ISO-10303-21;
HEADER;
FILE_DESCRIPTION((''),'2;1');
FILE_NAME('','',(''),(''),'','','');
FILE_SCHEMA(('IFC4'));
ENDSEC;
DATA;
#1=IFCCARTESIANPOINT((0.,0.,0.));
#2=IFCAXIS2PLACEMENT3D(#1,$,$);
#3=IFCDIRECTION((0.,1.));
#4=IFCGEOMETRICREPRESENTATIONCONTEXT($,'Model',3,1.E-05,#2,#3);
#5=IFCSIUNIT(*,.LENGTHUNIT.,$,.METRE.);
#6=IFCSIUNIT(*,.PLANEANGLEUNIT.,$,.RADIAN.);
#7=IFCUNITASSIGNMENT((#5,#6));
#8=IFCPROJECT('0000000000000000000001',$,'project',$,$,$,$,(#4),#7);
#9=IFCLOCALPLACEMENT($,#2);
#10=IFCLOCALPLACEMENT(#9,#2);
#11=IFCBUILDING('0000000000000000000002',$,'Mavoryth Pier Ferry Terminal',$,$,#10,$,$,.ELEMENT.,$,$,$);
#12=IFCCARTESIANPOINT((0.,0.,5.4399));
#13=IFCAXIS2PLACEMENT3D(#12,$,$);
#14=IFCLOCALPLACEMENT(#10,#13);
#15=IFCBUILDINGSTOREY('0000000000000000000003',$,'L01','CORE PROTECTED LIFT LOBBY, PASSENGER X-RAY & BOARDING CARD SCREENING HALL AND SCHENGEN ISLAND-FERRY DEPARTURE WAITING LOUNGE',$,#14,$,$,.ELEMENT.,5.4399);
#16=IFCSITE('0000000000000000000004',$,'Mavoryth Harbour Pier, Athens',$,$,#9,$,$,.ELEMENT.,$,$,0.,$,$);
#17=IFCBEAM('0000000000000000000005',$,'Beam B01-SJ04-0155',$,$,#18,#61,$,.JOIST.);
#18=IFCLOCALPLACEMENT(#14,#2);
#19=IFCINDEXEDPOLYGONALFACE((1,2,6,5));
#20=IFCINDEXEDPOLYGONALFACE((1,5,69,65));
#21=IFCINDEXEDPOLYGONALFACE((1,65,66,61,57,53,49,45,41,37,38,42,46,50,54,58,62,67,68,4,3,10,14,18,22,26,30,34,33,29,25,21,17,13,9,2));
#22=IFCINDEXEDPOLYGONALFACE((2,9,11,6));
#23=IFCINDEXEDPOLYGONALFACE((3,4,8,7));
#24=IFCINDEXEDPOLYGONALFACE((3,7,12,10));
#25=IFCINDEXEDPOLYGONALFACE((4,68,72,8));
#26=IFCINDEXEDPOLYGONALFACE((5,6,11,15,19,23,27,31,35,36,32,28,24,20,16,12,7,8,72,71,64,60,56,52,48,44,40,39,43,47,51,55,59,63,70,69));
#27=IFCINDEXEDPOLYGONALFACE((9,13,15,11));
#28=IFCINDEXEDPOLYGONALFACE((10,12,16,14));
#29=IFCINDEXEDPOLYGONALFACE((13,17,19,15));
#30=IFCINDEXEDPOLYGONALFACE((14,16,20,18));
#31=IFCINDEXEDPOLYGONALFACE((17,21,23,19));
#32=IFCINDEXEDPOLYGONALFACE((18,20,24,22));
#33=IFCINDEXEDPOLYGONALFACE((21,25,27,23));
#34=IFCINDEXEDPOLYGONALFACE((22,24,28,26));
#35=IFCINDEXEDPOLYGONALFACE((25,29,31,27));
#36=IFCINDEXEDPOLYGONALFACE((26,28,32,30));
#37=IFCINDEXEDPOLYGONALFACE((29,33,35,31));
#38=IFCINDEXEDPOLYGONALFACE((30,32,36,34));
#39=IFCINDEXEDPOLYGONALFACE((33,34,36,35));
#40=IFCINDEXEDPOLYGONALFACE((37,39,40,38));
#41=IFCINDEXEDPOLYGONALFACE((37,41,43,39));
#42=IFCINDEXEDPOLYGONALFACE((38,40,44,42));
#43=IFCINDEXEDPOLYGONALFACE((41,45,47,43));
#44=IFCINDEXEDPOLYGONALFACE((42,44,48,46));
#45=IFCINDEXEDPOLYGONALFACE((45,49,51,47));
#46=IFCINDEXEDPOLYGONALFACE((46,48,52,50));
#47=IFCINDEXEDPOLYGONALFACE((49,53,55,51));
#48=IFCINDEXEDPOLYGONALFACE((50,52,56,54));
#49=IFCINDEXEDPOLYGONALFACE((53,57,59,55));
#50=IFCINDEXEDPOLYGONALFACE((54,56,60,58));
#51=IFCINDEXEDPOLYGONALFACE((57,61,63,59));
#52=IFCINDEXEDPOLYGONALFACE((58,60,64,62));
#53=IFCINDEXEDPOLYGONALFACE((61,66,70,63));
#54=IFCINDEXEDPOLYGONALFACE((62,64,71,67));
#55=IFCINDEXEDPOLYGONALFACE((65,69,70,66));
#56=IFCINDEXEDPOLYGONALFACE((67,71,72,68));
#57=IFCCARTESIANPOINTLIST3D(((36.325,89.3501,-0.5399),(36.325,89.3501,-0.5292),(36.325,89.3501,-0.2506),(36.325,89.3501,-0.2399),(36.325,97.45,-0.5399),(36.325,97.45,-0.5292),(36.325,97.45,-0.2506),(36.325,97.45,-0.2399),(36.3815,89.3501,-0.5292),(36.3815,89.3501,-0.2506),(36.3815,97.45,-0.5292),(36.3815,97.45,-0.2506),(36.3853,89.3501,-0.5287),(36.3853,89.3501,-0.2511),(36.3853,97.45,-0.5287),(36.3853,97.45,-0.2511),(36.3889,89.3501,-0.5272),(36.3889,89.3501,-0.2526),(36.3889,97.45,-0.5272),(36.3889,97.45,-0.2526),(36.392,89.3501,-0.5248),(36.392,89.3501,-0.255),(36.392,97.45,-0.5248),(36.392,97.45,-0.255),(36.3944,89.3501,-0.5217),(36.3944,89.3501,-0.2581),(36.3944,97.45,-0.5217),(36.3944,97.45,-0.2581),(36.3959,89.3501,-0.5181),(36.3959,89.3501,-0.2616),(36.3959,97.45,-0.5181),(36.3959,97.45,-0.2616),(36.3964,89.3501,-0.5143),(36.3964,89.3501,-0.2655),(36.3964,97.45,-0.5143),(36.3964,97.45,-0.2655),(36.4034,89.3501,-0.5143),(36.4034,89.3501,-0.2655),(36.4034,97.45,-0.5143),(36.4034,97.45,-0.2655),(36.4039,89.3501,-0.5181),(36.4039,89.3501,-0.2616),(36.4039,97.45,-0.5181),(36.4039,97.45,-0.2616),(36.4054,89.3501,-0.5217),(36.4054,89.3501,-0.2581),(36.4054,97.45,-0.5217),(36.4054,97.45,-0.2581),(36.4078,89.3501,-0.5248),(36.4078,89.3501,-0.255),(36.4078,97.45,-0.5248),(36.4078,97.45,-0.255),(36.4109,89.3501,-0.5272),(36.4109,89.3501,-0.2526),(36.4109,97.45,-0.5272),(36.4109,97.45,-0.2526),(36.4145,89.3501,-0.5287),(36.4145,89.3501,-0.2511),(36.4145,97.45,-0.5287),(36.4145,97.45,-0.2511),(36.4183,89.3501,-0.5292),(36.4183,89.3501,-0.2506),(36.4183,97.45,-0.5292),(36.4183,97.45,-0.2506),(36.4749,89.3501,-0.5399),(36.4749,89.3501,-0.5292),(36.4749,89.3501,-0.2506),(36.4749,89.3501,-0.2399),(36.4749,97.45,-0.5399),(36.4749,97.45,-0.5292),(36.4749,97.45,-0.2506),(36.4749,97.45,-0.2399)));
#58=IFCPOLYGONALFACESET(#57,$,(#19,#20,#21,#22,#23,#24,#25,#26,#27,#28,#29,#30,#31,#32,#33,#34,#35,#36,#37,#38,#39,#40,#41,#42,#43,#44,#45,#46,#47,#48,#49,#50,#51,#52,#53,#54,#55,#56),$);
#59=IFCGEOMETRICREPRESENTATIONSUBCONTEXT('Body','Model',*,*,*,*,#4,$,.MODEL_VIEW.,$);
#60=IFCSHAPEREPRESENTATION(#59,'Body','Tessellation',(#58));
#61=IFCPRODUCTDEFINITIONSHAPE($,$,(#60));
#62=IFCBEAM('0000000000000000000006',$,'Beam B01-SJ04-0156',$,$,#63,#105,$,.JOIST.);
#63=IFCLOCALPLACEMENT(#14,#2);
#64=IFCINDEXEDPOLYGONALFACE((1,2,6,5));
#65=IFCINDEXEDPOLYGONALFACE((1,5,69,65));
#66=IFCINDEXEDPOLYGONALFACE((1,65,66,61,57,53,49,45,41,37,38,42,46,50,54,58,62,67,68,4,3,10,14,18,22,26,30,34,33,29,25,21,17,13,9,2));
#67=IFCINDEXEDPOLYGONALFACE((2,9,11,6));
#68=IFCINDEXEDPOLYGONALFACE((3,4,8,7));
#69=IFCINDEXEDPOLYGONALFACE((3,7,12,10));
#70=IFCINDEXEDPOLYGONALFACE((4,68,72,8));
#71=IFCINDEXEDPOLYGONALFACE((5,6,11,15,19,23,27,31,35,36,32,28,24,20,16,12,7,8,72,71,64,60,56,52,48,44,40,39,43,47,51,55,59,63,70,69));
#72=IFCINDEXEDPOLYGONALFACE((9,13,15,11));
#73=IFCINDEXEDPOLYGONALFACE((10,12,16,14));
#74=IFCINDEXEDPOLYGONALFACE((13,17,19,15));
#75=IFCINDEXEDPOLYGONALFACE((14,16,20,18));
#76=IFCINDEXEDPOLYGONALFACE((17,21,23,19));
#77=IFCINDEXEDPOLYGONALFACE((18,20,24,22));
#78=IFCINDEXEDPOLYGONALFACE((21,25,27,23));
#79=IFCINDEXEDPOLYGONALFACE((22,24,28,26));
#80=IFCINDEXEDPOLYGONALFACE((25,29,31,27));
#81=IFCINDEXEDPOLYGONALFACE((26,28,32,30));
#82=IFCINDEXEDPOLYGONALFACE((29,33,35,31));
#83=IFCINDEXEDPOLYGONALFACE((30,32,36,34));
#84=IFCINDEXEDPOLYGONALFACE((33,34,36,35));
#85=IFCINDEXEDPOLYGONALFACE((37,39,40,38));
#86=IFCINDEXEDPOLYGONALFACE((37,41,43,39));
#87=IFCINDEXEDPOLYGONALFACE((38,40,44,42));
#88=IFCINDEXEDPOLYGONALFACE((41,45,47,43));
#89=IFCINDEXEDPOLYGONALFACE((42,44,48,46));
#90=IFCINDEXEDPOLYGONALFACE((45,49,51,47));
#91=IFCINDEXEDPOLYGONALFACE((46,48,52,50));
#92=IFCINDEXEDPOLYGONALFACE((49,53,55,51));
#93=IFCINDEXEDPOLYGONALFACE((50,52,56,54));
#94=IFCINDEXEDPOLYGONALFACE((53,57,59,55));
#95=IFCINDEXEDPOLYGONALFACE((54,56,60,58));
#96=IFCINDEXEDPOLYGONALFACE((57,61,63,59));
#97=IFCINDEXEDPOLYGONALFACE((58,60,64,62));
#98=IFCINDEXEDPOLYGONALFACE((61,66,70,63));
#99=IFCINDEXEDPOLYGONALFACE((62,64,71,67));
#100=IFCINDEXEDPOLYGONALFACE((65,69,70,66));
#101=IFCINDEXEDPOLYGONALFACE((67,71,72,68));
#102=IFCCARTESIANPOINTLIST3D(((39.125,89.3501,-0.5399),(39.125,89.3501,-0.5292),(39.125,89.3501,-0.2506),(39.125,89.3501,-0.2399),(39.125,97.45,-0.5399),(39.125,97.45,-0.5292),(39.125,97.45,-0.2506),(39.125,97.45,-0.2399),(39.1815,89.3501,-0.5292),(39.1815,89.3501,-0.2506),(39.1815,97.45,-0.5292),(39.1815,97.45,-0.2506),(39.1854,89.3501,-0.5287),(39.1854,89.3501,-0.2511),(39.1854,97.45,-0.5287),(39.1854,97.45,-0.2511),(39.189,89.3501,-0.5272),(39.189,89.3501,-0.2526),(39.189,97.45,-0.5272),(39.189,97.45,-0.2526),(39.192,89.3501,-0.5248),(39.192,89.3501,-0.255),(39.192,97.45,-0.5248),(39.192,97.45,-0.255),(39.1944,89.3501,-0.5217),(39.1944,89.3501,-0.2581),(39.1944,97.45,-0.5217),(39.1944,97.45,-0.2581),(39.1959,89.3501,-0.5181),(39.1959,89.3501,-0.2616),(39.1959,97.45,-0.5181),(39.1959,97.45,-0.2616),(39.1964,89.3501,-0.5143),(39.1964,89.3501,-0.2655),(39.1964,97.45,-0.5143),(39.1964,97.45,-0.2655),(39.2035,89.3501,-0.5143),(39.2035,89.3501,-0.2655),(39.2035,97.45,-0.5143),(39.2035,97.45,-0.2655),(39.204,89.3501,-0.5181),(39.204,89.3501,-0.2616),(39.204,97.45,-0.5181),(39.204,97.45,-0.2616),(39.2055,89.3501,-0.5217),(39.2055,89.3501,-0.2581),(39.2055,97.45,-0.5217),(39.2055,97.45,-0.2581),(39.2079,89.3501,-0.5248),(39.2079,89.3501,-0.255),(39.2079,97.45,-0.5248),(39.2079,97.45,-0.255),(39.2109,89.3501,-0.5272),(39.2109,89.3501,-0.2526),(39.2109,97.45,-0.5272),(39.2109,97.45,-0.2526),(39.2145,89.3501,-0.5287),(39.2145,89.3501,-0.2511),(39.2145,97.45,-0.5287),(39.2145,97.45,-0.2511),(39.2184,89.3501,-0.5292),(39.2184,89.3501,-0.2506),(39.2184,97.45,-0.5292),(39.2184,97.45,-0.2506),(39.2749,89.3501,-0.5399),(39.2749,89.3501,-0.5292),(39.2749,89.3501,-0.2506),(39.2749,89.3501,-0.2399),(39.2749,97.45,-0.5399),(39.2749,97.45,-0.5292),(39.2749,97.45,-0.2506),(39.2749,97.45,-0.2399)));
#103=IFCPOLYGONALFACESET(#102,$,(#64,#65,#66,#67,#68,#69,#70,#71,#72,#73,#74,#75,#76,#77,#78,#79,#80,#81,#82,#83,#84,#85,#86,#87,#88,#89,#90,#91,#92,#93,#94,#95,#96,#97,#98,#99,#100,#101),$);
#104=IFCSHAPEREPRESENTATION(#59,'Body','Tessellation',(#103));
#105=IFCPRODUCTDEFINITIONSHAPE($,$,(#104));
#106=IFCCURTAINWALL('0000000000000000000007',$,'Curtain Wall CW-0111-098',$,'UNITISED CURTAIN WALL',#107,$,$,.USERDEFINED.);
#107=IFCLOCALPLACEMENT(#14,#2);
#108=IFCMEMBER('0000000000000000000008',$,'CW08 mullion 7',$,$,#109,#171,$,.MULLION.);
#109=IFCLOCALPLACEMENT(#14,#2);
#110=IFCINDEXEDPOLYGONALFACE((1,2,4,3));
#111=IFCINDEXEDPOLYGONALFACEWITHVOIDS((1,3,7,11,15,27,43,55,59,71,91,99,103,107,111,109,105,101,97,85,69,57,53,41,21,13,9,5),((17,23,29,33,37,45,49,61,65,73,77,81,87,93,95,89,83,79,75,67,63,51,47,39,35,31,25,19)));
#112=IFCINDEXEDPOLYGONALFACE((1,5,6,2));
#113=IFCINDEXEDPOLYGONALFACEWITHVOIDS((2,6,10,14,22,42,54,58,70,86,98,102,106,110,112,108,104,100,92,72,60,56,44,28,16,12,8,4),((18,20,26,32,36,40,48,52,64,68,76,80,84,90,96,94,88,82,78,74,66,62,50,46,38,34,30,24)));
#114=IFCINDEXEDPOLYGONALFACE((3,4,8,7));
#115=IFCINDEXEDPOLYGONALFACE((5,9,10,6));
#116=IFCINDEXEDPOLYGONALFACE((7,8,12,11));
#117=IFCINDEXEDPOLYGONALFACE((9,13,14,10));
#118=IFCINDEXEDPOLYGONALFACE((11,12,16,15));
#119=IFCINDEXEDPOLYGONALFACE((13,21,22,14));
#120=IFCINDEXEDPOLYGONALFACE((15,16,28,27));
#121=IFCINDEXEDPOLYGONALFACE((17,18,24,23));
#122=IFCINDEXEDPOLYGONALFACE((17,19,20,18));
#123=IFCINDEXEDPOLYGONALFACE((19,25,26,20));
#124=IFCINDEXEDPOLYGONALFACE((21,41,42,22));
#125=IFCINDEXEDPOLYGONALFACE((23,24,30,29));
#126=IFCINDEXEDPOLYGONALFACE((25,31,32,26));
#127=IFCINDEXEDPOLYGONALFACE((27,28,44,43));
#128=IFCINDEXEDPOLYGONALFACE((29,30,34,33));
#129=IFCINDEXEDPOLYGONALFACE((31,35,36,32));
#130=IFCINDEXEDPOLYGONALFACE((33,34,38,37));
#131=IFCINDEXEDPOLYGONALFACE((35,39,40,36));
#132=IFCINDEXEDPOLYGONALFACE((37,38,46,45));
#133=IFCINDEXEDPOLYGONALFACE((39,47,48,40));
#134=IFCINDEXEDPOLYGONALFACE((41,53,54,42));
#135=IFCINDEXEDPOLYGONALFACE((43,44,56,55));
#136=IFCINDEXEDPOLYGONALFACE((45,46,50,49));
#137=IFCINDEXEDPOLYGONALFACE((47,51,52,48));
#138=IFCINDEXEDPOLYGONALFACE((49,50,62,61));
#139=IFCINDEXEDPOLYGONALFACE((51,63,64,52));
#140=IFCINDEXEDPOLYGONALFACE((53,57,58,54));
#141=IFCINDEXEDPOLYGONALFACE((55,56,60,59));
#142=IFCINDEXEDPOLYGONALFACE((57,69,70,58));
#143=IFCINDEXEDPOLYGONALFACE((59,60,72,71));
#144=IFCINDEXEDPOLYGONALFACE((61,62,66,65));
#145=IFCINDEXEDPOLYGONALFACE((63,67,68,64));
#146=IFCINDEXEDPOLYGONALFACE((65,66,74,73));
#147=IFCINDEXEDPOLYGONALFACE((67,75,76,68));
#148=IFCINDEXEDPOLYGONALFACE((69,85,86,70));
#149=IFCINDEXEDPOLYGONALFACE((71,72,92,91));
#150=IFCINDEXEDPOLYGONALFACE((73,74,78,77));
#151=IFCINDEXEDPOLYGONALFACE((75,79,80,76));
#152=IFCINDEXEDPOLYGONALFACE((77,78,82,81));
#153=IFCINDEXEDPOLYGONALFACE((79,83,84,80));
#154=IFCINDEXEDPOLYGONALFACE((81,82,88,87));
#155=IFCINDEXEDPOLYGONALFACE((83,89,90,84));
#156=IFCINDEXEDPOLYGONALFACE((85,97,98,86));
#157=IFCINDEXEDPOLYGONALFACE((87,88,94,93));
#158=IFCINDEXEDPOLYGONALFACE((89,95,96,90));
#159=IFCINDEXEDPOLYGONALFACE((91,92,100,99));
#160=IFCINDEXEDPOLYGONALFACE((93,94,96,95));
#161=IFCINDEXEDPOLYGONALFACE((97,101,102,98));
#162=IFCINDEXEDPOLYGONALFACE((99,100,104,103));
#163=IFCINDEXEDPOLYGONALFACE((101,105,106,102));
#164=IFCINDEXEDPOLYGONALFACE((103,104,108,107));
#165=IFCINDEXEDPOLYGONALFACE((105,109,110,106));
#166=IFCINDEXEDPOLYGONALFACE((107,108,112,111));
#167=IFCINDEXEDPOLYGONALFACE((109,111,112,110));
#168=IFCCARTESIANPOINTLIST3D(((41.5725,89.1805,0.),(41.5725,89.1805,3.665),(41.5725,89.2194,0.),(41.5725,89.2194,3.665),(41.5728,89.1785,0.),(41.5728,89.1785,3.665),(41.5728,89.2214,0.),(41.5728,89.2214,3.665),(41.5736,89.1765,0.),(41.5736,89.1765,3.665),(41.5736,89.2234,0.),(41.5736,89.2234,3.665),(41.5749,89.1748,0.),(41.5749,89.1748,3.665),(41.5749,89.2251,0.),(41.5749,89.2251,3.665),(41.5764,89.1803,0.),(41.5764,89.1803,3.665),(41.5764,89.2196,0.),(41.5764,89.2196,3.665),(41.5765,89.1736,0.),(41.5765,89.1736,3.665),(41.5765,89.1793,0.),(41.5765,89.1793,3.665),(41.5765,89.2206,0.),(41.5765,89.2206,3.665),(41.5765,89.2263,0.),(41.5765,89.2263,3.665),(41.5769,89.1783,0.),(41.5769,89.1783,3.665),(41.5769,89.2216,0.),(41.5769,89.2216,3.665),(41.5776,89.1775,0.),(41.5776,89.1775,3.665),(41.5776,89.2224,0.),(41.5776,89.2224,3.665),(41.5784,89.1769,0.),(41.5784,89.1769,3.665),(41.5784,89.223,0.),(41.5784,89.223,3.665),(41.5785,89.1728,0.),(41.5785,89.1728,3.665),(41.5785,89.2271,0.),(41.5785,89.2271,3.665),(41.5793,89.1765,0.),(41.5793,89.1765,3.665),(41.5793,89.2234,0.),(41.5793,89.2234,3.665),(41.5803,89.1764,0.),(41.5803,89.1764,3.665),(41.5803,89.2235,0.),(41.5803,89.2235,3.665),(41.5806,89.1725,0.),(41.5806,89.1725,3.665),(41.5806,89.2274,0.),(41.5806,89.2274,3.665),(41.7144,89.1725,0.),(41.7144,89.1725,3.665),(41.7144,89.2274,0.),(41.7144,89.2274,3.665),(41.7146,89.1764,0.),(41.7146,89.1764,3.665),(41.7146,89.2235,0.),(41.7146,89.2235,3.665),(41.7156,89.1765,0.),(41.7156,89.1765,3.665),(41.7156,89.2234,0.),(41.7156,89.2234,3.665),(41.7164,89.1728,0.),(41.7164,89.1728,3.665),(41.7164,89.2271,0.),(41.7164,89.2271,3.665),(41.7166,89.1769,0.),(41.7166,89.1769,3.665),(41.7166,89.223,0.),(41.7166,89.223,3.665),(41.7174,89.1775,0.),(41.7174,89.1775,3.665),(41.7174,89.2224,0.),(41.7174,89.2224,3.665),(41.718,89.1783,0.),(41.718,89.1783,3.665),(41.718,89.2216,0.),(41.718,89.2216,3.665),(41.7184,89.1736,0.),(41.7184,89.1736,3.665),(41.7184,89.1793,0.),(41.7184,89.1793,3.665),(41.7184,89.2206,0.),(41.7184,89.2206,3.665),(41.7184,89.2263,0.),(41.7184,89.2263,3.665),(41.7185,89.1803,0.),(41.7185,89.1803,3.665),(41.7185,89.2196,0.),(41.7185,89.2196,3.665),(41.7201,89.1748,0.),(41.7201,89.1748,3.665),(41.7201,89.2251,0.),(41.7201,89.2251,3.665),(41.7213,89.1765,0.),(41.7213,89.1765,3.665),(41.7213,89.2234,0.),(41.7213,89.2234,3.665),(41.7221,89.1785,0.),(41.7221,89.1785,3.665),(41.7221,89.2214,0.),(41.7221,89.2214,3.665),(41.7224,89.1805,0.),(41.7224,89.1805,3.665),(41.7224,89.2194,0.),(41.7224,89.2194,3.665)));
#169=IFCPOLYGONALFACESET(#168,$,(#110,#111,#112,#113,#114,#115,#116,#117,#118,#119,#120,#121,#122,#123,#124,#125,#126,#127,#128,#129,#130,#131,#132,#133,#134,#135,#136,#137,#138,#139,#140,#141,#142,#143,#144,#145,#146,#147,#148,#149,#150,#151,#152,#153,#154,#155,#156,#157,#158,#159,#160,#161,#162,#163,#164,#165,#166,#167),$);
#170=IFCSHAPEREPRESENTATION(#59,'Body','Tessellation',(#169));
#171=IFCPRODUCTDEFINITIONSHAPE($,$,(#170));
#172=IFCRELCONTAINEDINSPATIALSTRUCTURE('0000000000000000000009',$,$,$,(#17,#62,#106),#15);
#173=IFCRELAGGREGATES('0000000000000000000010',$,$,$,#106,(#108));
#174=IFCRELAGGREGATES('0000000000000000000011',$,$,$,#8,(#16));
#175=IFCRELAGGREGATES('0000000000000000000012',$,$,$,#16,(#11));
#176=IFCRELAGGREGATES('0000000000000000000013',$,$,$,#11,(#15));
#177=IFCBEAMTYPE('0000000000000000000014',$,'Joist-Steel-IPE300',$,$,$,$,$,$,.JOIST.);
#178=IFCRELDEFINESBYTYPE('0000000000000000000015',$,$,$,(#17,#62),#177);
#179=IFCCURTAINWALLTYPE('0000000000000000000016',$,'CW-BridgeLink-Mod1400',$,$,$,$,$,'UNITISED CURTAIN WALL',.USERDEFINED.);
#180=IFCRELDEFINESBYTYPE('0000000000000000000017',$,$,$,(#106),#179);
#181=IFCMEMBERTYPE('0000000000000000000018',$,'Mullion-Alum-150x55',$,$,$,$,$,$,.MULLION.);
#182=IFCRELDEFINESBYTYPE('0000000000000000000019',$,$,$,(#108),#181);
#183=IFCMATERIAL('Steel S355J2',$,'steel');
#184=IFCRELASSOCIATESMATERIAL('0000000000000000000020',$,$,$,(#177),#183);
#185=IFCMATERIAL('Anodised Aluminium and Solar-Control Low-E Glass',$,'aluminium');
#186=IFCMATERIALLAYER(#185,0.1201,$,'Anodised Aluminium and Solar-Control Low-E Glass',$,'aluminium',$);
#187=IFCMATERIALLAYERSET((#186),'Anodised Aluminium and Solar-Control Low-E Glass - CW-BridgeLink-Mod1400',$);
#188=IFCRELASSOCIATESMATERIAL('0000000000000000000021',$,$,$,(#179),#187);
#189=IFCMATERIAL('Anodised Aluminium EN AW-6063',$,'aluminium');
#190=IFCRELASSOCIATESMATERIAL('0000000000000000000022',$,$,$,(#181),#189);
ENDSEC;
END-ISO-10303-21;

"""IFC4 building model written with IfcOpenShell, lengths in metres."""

from ifc_helpers import new_model, si_unit, direction, frame, origin, origin_2d, place, context, subcontext, project, spatial, hollow_rectangle, i_section, extrude, material, layer, layer_set, material_profile, profile_set, type_object, element, aggregate, save


model = new_model("IFC4")

# Units and contexts
model_context = context("Model", 3, precision=1e-05, world=origin(), true_north=direction((0.0, 1.0)))
body_context = subcontext(model_context, "Body", "Model", "MODEL_VIEW")
ifc_project = project(units=[si_unit("LENGTHUNIT", "METRE"), si_unit("PLANEANGLEUNIT", "RADIAN")], contexts=[model_context])

# Site, building, storey
site_placement = place(None, origin())
site = spatial("IfcSite", under=ifc_project, at=site_placement, Name="Mavoryth Harbour Pier, Athens", CompositionType="ELEMENT", RefElevation=0.0)
building_placement = place(site_placement, origin())
building = spatial("IfcBuilding", under=site, at=building_placement, Name="Mavoryth Pier Ferry Terminal", CompositionType="ELEMENT")
storey_placement = place(building_placement, frame((0.0, 0.0, 5.4399)))
storey = spatial("IfcBuildingStorey", under=building, at=storey_placement, Name="L01", Description="CORE PROTECTED LIFT LOBBY, PASSENGER X-RAY & BOARDING CARD SCREENING HALL AND SCHENGEN ISLAND-FERRY DEPARTURE WAITING LOUNGE", CompositionType="ELEMENT", Elevation=5.4399)

# Beams
ifc_material_1 = material(Name="Steel S355J2", Category="steel")
ifc_material_profile_1 = material_profile(ifc_material_1, i_section(OverallWidth=0.1499, OverallDepth=0.3, WebThickness=0.0071, FlangeThickness=0.0107, FilletRadius=0.0149, at=origin_2d()), Name="IPE 300", Category="steel")
ifc_profile_set_1 = profile_set([ifc_material_profile_1], Name="Steel S355J2 - IPE 300")
beam_type = type_object("IfcBeamType", Name="Joist-Steel-IPE300", PredefinedType="JOIST", material=ifc_profile_set_1)
for number, where, z_axis, x_axis, name in (
    (1, (36.3999, 89.3501, -0.3899), (0.0, 1.0, 0.0), (-1.0, 0.0, 0.0), "Beam B01-SJ04-0155"),
    (2, (39.2, 89.3501, -0.3899), (0.0, 1.0, 0.0), (-1.0, 0.0, 0.0), "Beam B01-SJ04-0156"),
):
    element("IfcBeam", number, at=place(storey_placement, frame(where, z_axis=z_axis, x_axis=x_axis)), inside=storey, type_object=beam_type, Name=name, PredefinedType="JOIST", context=body_context, shape_type="SweptSolid", body=[
        extrude(i_section(OverallWidth=0.1499, OverallDepth=0.3, WebThickness=0.0071, FlangeThickness=0.0107, FilletRadius=0.0149, at=origin_2d()), origin(), (0.0, 0.0, 1.0), 8.0999),
    ])

# Curtain wall, member
ifc_material_2 = material(Name="Anodised Aluminium and Solar-Control Low-E Glass", Category="aluminium")
ifc_layer_1 = layer(ifc_material_2, 0.1201, Name="Anodised Aluminium and Solar-Control Low-E Glass", Category="aluminium")
ifc_layer_set_1 = layer_set([ifc_layer_1], Name="Anodised Aluminium and Solar-Control Low-E Glass - CW-BridgeLink-Mod1400")
curtain_wall_type = type_object("IfcCurtainWallType", Name="CW-BridgeLink-Mod1400", ElementType="UNITISED CURTAIN WALL", PredefinedType="USERDEFINED", material=ifc_layer_set_1)
curtain_wall_1_placement = place(storey_placement, origin())
curtain_wall_1 = element("IfcCurtainWall", 3, at=curtain_wall_1_placement, inside=storey, type_object=curtain_wall_type, Name="Curtain Wall CW-0111-098", ObjectType="UNITISED CURTAIN WALL", PredefinedType="USERDEFINED")
ifc_material_3 = material(Name="Anodised Aluminium EN AW-6063", Category="aluminium")
ifc_material_profile_2 = material_profile(ifc_material_3, hollow_rectangle(XDim=0.0549, YDim=0.1499, WallThickness=0.0039, InnerFilletRadius=0.0039, OuterFilletRadius=0.0081, at=origin_2d()), Name="AL-MULL 150x55x4", Category="aluminium")
ifc_profile_set_2 = profile_set([ifc_material_profile_2], Name="Anodised Aluminium EN AW-6063 - AL-MULL 150x55x4")
member_type_1 = type_object("IfcMemberType", Name="Mullion-Alum-150x55", PredefinedType="MULLION", material=ifc_profile_set_2)
member_1_placement = place(storey_placement, frame((41.6475, 89.2, 0.0), z_axis=(0.0, 0.0, 1.0), x_axis=(0.0, 1.0, 0.0)))
member_1 = element("IfcMember", 4, at=member_1_placement, type_object=member_type_1, Name="CW08 mullion 7", PredefinedType="MULLION", context=body_context, shape_type="SweptSolid", body=[
    extrude(hollow_rectangle(XDim=0.0549, YDim=0.1499, WallThickness=0.0039, InnerFilletRadius=0.0039, OuterFilletRadius=0.0081, at=origin_2d()), origin(), (0.0, 0.0, 1.0), 3.665),
])

aggregate(curtain_wall_1, [member_1])

save(model, "model.ifc")
